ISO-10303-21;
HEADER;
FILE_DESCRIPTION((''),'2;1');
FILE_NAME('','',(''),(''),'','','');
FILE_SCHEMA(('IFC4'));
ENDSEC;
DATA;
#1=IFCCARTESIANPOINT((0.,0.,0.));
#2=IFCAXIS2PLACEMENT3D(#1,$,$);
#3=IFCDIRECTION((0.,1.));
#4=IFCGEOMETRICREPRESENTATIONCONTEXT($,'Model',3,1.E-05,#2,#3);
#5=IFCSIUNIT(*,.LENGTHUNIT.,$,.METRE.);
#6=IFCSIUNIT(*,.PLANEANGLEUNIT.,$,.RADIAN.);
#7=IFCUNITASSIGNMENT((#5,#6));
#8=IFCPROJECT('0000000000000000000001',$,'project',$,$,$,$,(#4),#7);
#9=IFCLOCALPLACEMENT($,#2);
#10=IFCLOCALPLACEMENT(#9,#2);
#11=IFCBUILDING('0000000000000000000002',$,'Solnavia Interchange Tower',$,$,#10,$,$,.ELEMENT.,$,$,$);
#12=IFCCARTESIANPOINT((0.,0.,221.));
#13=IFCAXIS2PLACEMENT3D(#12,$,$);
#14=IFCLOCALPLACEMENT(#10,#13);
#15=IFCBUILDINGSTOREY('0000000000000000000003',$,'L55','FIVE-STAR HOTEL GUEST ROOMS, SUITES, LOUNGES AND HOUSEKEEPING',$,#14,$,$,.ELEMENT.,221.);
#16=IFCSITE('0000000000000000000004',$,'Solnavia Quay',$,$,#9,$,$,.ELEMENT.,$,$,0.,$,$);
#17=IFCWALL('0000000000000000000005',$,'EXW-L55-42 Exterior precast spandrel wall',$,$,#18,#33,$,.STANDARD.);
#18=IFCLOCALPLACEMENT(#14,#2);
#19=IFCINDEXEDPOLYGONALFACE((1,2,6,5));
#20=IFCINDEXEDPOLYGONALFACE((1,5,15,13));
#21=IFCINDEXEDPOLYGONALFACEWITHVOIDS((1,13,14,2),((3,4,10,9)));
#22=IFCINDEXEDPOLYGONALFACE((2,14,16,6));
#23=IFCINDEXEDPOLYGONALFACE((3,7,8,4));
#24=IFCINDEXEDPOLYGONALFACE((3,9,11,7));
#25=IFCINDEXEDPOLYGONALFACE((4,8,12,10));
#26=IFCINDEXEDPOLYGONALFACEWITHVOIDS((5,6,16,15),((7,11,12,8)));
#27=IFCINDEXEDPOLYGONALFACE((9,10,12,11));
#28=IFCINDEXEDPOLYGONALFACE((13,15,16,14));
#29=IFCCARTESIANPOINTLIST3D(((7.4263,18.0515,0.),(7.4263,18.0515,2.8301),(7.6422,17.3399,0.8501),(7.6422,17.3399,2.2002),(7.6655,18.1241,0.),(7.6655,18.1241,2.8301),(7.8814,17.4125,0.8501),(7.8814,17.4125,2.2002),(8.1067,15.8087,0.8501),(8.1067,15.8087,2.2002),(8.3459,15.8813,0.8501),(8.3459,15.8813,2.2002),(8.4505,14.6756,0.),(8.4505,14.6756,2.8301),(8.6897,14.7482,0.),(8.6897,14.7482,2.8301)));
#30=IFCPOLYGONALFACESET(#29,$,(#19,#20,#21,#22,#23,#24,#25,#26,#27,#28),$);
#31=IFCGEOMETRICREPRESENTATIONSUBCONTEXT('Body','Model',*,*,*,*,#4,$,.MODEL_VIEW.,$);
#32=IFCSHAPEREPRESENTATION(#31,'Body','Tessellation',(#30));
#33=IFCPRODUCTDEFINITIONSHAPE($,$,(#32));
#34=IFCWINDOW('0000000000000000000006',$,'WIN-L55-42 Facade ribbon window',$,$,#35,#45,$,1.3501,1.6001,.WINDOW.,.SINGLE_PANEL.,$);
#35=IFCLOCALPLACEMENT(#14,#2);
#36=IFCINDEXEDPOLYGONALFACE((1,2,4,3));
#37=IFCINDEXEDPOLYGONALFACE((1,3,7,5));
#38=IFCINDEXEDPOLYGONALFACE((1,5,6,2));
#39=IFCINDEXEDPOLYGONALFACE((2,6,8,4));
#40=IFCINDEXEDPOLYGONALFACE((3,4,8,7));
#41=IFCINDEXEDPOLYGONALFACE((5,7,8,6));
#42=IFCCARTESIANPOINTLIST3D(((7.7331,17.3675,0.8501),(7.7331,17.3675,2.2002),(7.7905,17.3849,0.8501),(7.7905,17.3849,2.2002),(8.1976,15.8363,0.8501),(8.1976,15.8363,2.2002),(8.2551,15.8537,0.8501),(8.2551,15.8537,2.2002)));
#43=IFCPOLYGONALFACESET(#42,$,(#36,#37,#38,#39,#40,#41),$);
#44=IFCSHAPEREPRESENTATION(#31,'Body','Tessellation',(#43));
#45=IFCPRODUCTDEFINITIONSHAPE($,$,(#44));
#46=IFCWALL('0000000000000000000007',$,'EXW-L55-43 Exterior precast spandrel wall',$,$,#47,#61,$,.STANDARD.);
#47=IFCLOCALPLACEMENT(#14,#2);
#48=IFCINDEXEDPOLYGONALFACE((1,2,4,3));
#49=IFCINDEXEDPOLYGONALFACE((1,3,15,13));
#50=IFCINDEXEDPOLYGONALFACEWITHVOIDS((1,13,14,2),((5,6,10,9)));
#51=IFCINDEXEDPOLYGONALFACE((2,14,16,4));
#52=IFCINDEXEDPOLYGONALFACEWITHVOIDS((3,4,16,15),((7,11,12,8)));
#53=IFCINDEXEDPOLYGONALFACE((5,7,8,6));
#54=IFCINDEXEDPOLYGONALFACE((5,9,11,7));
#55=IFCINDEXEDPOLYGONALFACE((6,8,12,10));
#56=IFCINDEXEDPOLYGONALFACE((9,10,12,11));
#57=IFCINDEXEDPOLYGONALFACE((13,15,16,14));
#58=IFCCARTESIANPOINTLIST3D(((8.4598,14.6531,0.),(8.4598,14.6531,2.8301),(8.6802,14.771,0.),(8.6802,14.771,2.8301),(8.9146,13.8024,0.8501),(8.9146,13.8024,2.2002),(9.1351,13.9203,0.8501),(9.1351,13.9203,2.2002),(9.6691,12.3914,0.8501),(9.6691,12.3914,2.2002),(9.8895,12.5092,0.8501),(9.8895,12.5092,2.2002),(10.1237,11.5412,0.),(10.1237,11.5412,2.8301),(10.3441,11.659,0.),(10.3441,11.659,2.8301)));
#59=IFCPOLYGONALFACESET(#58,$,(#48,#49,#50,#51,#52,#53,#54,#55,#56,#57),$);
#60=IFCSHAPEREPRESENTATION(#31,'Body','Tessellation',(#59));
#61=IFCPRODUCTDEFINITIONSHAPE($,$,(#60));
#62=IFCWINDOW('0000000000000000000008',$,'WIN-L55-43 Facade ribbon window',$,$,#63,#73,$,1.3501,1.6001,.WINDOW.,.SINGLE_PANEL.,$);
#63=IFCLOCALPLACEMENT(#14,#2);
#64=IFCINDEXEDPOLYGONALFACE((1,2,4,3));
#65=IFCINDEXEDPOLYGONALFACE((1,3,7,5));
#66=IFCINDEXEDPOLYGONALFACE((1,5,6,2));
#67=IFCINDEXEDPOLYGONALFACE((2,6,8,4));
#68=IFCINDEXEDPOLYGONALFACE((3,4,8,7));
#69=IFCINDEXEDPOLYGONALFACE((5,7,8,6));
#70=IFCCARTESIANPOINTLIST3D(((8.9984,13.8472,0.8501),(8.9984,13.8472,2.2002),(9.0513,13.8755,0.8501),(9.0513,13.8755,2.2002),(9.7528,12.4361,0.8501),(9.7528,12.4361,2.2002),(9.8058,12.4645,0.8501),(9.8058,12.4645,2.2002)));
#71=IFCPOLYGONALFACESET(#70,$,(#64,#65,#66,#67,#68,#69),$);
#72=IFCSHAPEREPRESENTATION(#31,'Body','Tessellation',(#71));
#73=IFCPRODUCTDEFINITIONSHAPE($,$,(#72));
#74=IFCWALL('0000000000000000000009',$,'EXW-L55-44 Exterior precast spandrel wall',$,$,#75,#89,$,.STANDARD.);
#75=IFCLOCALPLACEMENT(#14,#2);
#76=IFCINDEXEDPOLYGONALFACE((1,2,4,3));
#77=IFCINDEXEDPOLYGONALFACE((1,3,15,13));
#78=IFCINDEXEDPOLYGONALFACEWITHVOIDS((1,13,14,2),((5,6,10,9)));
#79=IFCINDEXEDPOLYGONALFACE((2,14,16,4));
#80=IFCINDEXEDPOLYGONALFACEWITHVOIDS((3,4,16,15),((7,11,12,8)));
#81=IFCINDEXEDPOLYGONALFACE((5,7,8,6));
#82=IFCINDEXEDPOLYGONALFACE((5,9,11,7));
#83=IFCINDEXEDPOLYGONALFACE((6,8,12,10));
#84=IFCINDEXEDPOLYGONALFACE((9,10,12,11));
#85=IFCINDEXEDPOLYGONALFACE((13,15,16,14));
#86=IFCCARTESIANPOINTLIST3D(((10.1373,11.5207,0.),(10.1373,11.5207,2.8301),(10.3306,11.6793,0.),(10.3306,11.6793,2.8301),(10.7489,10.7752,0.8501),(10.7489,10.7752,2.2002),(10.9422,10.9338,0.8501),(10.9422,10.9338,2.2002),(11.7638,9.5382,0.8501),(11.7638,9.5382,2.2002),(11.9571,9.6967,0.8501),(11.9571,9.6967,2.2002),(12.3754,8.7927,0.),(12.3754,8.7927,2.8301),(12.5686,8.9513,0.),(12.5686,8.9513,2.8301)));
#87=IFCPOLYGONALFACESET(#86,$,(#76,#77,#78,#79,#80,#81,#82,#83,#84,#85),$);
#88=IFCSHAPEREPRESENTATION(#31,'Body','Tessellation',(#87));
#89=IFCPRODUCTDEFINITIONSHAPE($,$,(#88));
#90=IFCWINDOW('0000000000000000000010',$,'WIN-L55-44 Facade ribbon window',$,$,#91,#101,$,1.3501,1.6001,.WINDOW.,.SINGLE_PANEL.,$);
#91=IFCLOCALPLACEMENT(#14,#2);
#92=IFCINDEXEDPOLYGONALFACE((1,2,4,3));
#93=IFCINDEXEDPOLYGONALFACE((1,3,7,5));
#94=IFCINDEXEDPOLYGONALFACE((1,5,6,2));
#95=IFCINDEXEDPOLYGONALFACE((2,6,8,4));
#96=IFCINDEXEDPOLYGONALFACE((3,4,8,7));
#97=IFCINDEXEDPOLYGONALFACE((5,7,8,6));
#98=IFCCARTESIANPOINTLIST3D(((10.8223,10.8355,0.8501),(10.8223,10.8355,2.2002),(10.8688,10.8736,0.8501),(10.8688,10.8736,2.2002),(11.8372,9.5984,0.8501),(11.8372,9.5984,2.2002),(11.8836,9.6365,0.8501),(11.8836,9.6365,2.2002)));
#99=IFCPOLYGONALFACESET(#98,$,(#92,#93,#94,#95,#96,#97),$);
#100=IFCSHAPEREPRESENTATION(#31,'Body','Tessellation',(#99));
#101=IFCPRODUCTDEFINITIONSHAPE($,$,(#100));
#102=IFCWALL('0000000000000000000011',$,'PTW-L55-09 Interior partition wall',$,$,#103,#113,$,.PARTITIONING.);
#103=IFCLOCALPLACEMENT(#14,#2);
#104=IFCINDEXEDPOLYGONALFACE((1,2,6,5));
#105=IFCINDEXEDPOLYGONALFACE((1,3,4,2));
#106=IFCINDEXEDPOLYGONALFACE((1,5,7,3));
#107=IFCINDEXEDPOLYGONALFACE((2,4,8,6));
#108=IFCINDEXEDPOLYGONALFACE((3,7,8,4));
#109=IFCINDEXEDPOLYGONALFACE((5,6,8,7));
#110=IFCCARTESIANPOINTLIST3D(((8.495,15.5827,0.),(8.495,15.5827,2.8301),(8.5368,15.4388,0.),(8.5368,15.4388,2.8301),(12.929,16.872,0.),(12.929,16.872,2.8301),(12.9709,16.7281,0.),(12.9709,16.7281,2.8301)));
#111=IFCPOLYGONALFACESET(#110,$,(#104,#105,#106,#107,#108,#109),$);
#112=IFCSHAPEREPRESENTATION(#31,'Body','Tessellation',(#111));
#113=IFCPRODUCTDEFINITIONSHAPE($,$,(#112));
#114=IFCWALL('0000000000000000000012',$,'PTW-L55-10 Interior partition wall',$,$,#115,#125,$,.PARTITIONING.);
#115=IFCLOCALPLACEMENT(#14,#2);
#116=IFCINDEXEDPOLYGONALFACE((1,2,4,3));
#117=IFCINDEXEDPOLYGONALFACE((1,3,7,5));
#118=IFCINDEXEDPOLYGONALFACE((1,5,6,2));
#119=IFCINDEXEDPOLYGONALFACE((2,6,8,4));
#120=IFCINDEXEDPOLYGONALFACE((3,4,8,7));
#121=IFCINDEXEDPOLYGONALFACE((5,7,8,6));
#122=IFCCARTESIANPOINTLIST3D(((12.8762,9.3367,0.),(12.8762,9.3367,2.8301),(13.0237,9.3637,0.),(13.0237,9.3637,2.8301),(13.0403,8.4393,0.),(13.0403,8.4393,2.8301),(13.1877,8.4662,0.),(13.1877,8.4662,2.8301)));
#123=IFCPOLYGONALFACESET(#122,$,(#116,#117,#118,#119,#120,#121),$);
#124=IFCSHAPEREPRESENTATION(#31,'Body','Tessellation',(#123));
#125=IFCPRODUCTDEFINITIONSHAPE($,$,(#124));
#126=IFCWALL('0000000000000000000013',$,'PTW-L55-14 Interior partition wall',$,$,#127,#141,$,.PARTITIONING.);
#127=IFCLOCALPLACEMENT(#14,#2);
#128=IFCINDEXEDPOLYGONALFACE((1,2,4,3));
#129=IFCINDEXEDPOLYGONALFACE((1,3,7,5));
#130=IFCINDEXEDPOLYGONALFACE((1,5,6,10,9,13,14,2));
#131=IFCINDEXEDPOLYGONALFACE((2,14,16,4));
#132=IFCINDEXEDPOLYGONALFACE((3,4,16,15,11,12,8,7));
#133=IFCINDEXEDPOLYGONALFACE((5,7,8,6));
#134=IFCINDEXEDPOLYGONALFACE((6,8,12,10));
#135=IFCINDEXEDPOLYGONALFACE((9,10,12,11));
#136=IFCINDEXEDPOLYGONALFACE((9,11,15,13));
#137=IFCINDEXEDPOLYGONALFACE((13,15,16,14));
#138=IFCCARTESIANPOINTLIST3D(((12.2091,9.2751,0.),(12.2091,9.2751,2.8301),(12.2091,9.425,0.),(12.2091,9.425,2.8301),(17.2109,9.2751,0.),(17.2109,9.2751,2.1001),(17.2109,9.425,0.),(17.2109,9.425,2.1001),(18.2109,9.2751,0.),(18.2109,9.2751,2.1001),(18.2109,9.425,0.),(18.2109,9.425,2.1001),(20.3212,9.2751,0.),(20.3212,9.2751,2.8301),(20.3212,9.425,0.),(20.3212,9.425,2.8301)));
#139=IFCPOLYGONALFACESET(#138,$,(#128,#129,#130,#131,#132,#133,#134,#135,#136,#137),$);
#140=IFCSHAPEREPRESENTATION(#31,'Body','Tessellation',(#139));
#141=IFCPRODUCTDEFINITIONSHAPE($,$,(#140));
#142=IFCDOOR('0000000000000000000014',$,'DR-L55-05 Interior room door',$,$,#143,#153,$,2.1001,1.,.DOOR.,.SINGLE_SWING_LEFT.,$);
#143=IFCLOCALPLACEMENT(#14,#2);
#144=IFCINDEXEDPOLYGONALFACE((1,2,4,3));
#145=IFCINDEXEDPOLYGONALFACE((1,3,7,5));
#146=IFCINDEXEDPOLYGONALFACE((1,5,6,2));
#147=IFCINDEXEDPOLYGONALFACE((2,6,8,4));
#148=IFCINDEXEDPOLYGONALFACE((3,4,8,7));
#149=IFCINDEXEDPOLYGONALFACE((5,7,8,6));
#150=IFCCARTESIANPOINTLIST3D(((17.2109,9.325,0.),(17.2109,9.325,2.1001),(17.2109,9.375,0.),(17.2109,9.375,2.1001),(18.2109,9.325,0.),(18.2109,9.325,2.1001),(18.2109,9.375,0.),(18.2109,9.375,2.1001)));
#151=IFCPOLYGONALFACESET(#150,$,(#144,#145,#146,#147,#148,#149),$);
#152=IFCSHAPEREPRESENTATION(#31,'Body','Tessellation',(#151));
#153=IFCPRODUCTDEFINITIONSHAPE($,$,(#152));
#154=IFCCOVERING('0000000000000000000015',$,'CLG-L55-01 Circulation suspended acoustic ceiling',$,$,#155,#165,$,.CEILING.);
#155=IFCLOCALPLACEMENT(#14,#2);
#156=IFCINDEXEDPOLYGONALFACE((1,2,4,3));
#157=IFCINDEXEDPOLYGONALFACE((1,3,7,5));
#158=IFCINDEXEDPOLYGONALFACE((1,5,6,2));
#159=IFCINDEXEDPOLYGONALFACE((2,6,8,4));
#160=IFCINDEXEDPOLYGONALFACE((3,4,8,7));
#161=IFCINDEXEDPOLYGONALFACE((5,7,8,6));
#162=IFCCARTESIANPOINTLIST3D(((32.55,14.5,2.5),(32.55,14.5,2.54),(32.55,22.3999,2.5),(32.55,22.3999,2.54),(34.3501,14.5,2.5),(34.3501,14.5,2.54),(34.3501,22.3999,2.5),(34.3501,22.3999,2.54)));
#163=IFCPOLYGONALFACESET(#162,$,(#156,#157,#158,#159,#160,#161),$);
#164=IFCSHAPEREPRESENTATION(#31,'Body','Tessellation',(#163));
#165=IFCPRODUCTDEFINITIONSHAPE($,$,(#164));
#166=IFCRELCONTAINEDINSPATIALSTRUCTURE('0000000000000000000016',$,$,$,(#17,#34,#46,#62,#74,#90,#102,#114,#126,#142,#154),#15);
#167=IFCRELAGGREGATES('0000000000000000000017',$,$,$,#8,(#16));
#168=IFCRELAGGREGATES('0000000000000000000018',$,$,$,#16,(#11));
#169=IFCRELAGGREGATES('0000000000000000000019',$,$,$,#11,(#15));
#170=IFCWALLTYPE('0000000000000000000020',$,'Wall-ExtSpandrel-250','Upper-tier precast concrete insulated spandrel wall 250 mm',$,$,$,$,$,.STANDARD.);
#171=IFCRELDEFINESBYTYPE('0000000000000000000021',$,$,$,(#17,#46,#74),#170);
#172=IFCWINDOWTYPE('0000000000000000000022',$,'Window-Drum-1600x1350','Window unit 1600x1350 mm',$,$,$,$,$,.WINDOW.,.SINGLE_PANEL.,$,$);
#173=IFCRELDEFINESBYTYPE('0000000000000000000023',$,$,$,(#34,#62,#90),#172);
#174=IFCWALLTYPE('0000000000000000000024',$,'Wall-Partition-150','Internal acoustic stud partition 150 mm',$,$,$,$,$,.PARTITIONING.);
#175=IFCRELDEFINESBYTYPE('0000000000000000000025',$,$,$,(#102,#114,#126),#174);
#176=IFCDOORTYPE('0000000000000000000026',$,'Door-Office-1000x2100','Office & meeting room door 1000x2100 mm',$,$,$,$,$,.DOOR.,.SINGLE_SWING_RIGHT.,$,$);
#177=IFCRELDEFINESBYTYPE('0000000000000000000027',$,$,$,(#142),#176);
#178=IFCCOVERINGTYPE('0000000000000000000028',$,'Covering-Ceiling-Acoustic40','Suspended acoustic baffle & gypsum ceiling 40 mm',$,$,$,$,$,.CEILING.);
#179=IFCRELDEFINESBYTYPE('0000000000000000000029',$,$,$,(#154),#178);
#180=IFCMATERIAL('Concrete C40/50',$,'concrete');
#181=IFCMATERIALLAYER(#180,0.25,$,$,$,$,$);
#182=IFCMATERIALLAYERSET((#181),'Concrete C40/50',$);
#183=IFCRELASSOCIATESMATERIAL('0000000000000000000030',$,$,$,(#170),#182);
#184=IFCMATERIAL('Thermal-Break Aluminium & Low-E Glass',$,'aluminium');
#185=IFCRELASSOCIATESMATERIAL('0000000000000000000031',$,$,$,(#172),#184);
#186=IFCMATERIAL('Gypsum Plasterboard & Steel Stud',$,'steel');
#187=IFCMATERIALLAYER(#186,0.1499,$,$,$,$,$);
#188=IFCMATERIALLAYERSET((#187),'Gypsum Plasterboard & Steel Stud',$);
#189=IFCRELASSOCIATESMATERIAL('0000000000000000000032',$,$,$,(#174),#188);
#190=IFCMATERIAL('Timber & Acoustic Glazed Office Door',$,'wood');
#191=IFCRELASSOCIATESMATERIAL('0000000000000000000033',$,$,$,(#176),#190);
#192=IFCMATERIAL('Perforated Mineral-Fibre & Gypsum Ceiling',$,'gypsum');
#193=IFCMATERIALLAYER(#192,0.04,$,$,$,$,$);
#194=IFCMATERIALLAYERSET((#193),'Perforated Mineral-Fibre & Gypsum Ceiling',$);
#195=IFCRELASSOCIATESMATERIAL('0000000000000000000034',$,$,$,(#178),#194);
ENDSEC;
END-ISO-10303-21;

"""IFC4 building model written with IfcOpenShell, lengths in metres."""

from ifc_helpers import new_model, si_unit, direction, frame, frame_2d, origin, place, context, subcontext, project, spatial, polyline, rectangle, outline, extrude, material, layer, layer_set, type_object, element, fill, save


model = new_model("IFC4")

# Units and contexts
model_context = context("Model", 3, precision=1e-05, world=origin(), true_north=direction((0.0, 1.0)))
body_context = subcontext(model_context, "Body", "Model", "MODEL_VIEW")
ifc_project = project(units=[si_unit("LENGTHUNIT", "METRE"), si_unit("PLANEANGLEUNIT", "RADIAN")], contexts=[model_context])

# Site, building, storey
site_placement = place(None, origin())
site = spatial("IfcSite", under=ifc_project, at=site_placement, Name="Solnavia Quay", CompositionType="ELEMENT", RefElevation=0.0)
building_placement = place(site_placement, origin())
building = spatial("IfcBuilding", under=site, at=building_placement, Name="Solnavia Interchange Tower", CompositionType="ELEMENT")
storey_placement = place(building_placement, frame((0.0, 0.0, 221.0)))
storey = spatial("IfcBuildingStorey", under=building, at=storey_placement, Name="L55", Description="FIVE-STAR HOTEL GUEST ROOMS, SUITES, LOUNGES AND HOUSEKEEPING", CompositionType="ELEMENT", Elevation=221.0)

# Shared definitions
ifc_material_1 = material(Name="Concrete C40/50", Category="concrete")

# Walls, openings, windows
ifc_layer_1 = layer(ifc_material_1, 0.25)
ifc_layer_set_1 = layer_set([ifc_layer_1], Name="Concrete C40/50")
wall_type_1 = type_object("IfcWallType", Name="Wall-ExtSpandrel-250", Description="Upper-tier precast concrete insulated spandrel wall 250 mm", PredefinedType="STANDARD", material=ifc_layer_set_1)
ifc_material_2 = material(Name="Thermal-Break Aluminium & Low-E Glass", Category="aluminium")
window_type = type_object("IfcWindowType", Name="Window-Drum-1600x1350", Description="Window unit 1600x1350 mm", PartitioningType="SINGLE_PANEL", PredefinedType="WINDOW", material=ifc_material_2)
wall_1_placement = place(storey_placement, frame((8.5701, 14.7119, 0.0), z_axis=(0.0, 0.0, 1.0), x_axis=(-0.290305, 0.956934, 0.0)))
wall_1 = element("IfcWall", 1, at=wall_1_placement, inside=storey, type_object=wall_type_1, Name="EXW-L55-42 Exterior precast spandrel wall", PredefinedType="STANDARD", context=body_context, shape_type="SweptSolid", body=[
    extrude(rectangle(XDim=3.5278, YDim=0.25, at=frame_2d((1.7639, 0.0))), origin(), (0.0, 0.0, 1.0), 2.8301),
])
opening_1_placement = place(wall_1_placement, frame((1.1841, 0.0, 0.8501)))
opening_1 = element("IfcOpeningElement", 2, at=opening_1_placement, cuts=wall_1, PredefinedType="OPENING", context=body_context, shape_type="SweptSolid", body=[
    extrude(rectangle(XDim=1.6001, YDim=1.3501, at=frame_2d((0.8, 0.675))), frame((0.0, 0.135, 0.0), z_axis=(0.0, -1.0, 0.0), x_axis=(1.0, 0.0, 0.0)), (0.0, 0.0, 1.0), 0.27),
])
window_1_placement = place(opening_1_placement, origin())
window_1 = element("IfcWindow", 3, at=window_1_placement, inside=storey, type_object=window_type, Name="WIN-L55-42 Facade ribbon window", OverallHeight=1.3501, OverallWidth=1.6001, PartitioningType="SINGLE_PANEL", PredefinedType="WINDOW", context=body_context, shape_type="SweptSolid", body=[
    extrude(rectangle(XDim=1.6001, YDim=1.3501, at=frame_2d((0.8, 0.675))), frame((0.0, 0.03, 0.0), z_axis=(0.0, -1.0, 0.0), x_axis=(1.0, 0.0, 0.0)), (0.0, 0.0, 1.0), 0.0601),
])
fill(opening_1, window_1)
wall_2_placement = place(storey_placement, frame((10.2339, 11.6001, 0.0), z_axis=(0.0, 0.0, 1.0), x_axis=(-0.471511, 0.88186, 0.0)))
wall_2 = element("IfcWall", 4, at=wall_2_placement, inside=storey, type_object=wall_type_1, Name="EXW-L55-43 Exterior precast spandrel wall", PredefinedType="STANDARD", context=body_context, shape_type="SweptSolid", body=[
    extrude(rectangle(XDim=3.5288, YDim=0.25, at=frame_2d((1.7644, 0.0))), origin(), (0.0, 0.0, 1.0), 2.8301),
])
opening_2_placement = place(wall_2_placement, frame((0.9641, 0.0, 0.8501)))
opening_2 = element("IfcOpeningElement", 5, at=opening_2_placement, cuts=wall_2, PredefinedType="OPENING", context=body_context, shape_type="SweptSolid", body=[
    extrude(rectangle(XDim=1.6001, YDim=1.3501, at=frame_2d((0.8, 0.675))), frame((0.0, 0.135, 0.0), z_axis=(0.0, -1.0, 0.0), x_axis=(1.0, 0.0, 0.0)), (0.0, 0.0, 1.0), 0.27),
])
window_2_placement = place(opening_2_placement, origin())
window_2 = element("IfcWindow", 6, at=window_2_placement, inside=storey, type_object=window_type, Name="WIN-L55-43 Facade ribbon window", OverallHeight=1.3501, OverallWidth=1.6001, PartitioningType="SINGLE_PANEL", PredefinedType="WINDOW", context=body_context, shape_type="SweptSolid", body=[
    extrude(rectangle(XDim=1.6001, YDim=1.3501, at=frame_2d((0.8, 0.675))), frame((0.0, 0.03, 0.0), z_axis=(0.0, -1.0, 0.0), x_axis=(1.0, 0.0, 0.0)), (0.0, 0.0, 1.0), 0.0601),
])
fill(opening_2, window_2)
wall_3_placement = place(storey_placement, frame((12.4719, 8.8721, 0.0), z_axis=(0.0, 0.0, 1.0), x_axis=(-0.634258, 0.773121, 0.0)))
wall_3 = element("IfcWall", 7, at=wall_3_placement, inside=storey, type_object=wall_type_1, Name="EXW-L55-44 Exterior precast spandrel wall", PredefinedType="STANDARD", context=body_context, shape_type="SweptSolid", body=[
    extrude(rectangle(XDim=3.5286, YDim=0.25, at=frame_2d((1.7642, 0.0))), origin(), (0.0, 0.0, 1.0), 2.8301),
])
opening_3_placement = place(wall_3_placement, frame((0.9641, 0.0, 0.8501)))
opening_3 = element("IfcOpeningElement", 8, at=opening_3_placement, cuts=wall_3, PredefinedType="OPENING", context=body_context, shape_type="SweptSolid", body=[
    extrude(rectangle(XDim=1.6001, YDim=1.3501, at=frame_2d((0.8, 0.675))), frame((0.0, 0.135, 0.0), z_axis=(0.0, -1.0, 0.0), x_axis=(1.0, 0.0, 0.0)), (0.0, 0.0, 1.0), 0.27),
])
window_3_placement = place(opening_3_placement, origin())
window_3 = element("IfcWindow", 9, at=window_3_placement, inside=storey, type_object=window_type, Name="WIN-L55-44 Facade ribbon window", OverallHeight=1.3501, OverallWidth=1.6001, PartitioningType="SINGLE_PANEL", PredefinedType="WINDOW", context=body_context, shape_type="SweptSolid", body=[
    extrude(rectangle(XDim=1.6001, YDim=1.3501, at=frame_2d((0.8, 0.675))), frame((0.0, 0.03, 0.0), z_axis=(0.0, -1.0, 0.0), x_axis=(1.0, 0.0, 0.0)), (0.0, 0.0, 1.0), 0.0601),
])
fill(opening_3, window_3)

# Walls
ifc_material_3 = material(Name="Gypsum Plasterboard & Steel Stud", Category="steel")
ifc_layer_2 = layer(ifc_material_3, 0.1499)
ifc_layer_set_2 = layer_set([ifc_layer_2], Name="Gypsum Plasterboard & Steel Stud")
wall_type_2 = type_object("IfcWallType", Name="Wall-Partition-150", Description="Internal acoustic stud partition 150 mm", PredefinedType="PARTITIONING", material=ifc_layer_set_2)
wall_4_placement = place(storey_placement, frame((12.95, 16.8, 0.0), z_axis=(0.0, 0.0, 1.0), x_axis=(-0.960231, -0.279208, 0.0)))
element("IfcWall", 10, at=wall_4_placement, inside=storey, type_object=wall_type_2, Name="PTW-L55-09 Interior partition wall", PredefinedType="PARTITIONING", context=body_context, shape_type="SweptSolid", body=[
    extrude(rectangle(XDim=4.6177, YDim=0.1499, at=frame_2d((2.3088, 0.0))), origin(), (0.0, 0.0, 1.0), 2.8301),
])
wall_5_placement = place(storey_placement, frame((12.95, 9.3501, 0.0), z_axis=(0.0, 0.0, 1.0), x_axis=(0.179827, -0.983698, 0.0)))
element("IfcWall", 11, at=wall_5_placement, inside=storey, type_object=wall_type_2, Name="PTW-L55-10 Interior partition wall", PredefinedType="PARTITIONING", context=body_context, shape_type="SweptSolid", body=[
    extrude(rectangle(XDim=0.9124, YDim=0.1499, at=frame_2d((0.4561, 0.0))), origin(), (0.0, 0.0, 1.0), 2.8301),
])

# Wall, opening, door
wall_6_placement = place(storey_placement, frame((12.209, 9.3501, 0.0), z_axis=(0.0, 0.0, 1.0), x_axis=(1.0, 0.0, 0.0)))
wall_6 = element("IfcWall", 12, at=wall_6_placement, inside=storey, type_object=wall_type_2, Name="PTW-L55-14 Interior partition wall", PredefinedType="PARTITIONING", context=body_context, shape_type="SweptSolid", body=[
    extrude(rectangle(XDim=8.1121, YDim=0.1499, at=frame_2d((4.0562, 0.0))), origin(), (0.0, 0.0, 1.0), 2.8301),
])
opening_4_placement = place(wall_6_placement, frame((5.002, 0.0, 0.0)))
opening_4 = element("IfcOpeningElement", 13, at=opening_4_placement, cuts=wall_6, PredefinedType="OPENING", context=body_context, shape_type="SweptSolid", body=[
    extrude(rectangle(XDim=1.0, YDim=2.1001, at=frame_2d((0.5, 1.05))), frame((0.0, 0.085, 0.0), z_axis=(0.0, -1.0, 0.0), x_axis=(1.0, 0.0, 0.0)), (0.0, 0.0, 1.0), 0.1699),
])
ifc_material_4 = material(Name="Timber & Acoustic Glazed Office Door", Category="wood")
door_type = type_object("IfcDoorType", Name="Door-Office-1000x2100", Description="Office & meeting room door 1000x2100 mm", OperationType="SINGLE_SWING_RIGHT", PredefinedType="DOOR", material=ifc_material_4)
door_placement = place(opening_4_placement, origin())
door = element("IfcDoor", 14, at=door_placement, inside=storey, type_object=door_type, Name="DR-L55-05 Interior room door", OperationType="SINGLE_SWING_LEFT", OverallHeight=2.1001, OverallWidth=1.0, PredefinedType="DOOR", context=body_context, shape_type="SweptSolid", body=[
    extrude(rectangle(XDim=1.0, YDim=2.1001, at=frame_2d((0.5, 1.05))), frame((0.0, 0.0249, 0.0), z_axis=(0.0, -1.0, 0.0), x_axis=(1.0, 0.0, 0.0)), (0.0, 0.0, 1.0), 0.05),
])
fill(opening_4, door)

# Covering
ifc_material_5 = material(Name="Perforated Mineral-Fibre & Gypsum Ceiling", Category="gypsum")
ifc_layer_3 = layer(ifc_material_5, 0.04)
ifc_layer_set_3 = layer_set([ifc_layer_3], Name="Perforated Mineral-Fibre & Gypsum Ceiling")
covering_type_1 = type_object("IfcCoveringType", Name="Covering-Ceiling-Acoustic40", Description="Suspended acoustic baffle & gypsum ceiling 40 mm", PredefinedType="CEILING", material=ifc_layer_set_3)
covering_1_placement = place(storey_placement, frame((0.0, 0.0, 2.5)))
element("IfcCovering", 15, at=covering_1_placement, inside=storey, type_object=covering_type_1, Name="CLG-L55-01 Circulation suspended acoustic ceiling", PredefinedType="CEILING", context=body_context, shape_type="SweptSolid", body=[
    extrude(outline(polyline([(32.55, 14.5), (34.3501, 14.5), (34.3501, 22.3999), (32.55, 22.3999), (32.55, 14.5)])), origin(), (0.0, 0.0, 1.0), 0.04),
])

save(model, "model.ifc")
